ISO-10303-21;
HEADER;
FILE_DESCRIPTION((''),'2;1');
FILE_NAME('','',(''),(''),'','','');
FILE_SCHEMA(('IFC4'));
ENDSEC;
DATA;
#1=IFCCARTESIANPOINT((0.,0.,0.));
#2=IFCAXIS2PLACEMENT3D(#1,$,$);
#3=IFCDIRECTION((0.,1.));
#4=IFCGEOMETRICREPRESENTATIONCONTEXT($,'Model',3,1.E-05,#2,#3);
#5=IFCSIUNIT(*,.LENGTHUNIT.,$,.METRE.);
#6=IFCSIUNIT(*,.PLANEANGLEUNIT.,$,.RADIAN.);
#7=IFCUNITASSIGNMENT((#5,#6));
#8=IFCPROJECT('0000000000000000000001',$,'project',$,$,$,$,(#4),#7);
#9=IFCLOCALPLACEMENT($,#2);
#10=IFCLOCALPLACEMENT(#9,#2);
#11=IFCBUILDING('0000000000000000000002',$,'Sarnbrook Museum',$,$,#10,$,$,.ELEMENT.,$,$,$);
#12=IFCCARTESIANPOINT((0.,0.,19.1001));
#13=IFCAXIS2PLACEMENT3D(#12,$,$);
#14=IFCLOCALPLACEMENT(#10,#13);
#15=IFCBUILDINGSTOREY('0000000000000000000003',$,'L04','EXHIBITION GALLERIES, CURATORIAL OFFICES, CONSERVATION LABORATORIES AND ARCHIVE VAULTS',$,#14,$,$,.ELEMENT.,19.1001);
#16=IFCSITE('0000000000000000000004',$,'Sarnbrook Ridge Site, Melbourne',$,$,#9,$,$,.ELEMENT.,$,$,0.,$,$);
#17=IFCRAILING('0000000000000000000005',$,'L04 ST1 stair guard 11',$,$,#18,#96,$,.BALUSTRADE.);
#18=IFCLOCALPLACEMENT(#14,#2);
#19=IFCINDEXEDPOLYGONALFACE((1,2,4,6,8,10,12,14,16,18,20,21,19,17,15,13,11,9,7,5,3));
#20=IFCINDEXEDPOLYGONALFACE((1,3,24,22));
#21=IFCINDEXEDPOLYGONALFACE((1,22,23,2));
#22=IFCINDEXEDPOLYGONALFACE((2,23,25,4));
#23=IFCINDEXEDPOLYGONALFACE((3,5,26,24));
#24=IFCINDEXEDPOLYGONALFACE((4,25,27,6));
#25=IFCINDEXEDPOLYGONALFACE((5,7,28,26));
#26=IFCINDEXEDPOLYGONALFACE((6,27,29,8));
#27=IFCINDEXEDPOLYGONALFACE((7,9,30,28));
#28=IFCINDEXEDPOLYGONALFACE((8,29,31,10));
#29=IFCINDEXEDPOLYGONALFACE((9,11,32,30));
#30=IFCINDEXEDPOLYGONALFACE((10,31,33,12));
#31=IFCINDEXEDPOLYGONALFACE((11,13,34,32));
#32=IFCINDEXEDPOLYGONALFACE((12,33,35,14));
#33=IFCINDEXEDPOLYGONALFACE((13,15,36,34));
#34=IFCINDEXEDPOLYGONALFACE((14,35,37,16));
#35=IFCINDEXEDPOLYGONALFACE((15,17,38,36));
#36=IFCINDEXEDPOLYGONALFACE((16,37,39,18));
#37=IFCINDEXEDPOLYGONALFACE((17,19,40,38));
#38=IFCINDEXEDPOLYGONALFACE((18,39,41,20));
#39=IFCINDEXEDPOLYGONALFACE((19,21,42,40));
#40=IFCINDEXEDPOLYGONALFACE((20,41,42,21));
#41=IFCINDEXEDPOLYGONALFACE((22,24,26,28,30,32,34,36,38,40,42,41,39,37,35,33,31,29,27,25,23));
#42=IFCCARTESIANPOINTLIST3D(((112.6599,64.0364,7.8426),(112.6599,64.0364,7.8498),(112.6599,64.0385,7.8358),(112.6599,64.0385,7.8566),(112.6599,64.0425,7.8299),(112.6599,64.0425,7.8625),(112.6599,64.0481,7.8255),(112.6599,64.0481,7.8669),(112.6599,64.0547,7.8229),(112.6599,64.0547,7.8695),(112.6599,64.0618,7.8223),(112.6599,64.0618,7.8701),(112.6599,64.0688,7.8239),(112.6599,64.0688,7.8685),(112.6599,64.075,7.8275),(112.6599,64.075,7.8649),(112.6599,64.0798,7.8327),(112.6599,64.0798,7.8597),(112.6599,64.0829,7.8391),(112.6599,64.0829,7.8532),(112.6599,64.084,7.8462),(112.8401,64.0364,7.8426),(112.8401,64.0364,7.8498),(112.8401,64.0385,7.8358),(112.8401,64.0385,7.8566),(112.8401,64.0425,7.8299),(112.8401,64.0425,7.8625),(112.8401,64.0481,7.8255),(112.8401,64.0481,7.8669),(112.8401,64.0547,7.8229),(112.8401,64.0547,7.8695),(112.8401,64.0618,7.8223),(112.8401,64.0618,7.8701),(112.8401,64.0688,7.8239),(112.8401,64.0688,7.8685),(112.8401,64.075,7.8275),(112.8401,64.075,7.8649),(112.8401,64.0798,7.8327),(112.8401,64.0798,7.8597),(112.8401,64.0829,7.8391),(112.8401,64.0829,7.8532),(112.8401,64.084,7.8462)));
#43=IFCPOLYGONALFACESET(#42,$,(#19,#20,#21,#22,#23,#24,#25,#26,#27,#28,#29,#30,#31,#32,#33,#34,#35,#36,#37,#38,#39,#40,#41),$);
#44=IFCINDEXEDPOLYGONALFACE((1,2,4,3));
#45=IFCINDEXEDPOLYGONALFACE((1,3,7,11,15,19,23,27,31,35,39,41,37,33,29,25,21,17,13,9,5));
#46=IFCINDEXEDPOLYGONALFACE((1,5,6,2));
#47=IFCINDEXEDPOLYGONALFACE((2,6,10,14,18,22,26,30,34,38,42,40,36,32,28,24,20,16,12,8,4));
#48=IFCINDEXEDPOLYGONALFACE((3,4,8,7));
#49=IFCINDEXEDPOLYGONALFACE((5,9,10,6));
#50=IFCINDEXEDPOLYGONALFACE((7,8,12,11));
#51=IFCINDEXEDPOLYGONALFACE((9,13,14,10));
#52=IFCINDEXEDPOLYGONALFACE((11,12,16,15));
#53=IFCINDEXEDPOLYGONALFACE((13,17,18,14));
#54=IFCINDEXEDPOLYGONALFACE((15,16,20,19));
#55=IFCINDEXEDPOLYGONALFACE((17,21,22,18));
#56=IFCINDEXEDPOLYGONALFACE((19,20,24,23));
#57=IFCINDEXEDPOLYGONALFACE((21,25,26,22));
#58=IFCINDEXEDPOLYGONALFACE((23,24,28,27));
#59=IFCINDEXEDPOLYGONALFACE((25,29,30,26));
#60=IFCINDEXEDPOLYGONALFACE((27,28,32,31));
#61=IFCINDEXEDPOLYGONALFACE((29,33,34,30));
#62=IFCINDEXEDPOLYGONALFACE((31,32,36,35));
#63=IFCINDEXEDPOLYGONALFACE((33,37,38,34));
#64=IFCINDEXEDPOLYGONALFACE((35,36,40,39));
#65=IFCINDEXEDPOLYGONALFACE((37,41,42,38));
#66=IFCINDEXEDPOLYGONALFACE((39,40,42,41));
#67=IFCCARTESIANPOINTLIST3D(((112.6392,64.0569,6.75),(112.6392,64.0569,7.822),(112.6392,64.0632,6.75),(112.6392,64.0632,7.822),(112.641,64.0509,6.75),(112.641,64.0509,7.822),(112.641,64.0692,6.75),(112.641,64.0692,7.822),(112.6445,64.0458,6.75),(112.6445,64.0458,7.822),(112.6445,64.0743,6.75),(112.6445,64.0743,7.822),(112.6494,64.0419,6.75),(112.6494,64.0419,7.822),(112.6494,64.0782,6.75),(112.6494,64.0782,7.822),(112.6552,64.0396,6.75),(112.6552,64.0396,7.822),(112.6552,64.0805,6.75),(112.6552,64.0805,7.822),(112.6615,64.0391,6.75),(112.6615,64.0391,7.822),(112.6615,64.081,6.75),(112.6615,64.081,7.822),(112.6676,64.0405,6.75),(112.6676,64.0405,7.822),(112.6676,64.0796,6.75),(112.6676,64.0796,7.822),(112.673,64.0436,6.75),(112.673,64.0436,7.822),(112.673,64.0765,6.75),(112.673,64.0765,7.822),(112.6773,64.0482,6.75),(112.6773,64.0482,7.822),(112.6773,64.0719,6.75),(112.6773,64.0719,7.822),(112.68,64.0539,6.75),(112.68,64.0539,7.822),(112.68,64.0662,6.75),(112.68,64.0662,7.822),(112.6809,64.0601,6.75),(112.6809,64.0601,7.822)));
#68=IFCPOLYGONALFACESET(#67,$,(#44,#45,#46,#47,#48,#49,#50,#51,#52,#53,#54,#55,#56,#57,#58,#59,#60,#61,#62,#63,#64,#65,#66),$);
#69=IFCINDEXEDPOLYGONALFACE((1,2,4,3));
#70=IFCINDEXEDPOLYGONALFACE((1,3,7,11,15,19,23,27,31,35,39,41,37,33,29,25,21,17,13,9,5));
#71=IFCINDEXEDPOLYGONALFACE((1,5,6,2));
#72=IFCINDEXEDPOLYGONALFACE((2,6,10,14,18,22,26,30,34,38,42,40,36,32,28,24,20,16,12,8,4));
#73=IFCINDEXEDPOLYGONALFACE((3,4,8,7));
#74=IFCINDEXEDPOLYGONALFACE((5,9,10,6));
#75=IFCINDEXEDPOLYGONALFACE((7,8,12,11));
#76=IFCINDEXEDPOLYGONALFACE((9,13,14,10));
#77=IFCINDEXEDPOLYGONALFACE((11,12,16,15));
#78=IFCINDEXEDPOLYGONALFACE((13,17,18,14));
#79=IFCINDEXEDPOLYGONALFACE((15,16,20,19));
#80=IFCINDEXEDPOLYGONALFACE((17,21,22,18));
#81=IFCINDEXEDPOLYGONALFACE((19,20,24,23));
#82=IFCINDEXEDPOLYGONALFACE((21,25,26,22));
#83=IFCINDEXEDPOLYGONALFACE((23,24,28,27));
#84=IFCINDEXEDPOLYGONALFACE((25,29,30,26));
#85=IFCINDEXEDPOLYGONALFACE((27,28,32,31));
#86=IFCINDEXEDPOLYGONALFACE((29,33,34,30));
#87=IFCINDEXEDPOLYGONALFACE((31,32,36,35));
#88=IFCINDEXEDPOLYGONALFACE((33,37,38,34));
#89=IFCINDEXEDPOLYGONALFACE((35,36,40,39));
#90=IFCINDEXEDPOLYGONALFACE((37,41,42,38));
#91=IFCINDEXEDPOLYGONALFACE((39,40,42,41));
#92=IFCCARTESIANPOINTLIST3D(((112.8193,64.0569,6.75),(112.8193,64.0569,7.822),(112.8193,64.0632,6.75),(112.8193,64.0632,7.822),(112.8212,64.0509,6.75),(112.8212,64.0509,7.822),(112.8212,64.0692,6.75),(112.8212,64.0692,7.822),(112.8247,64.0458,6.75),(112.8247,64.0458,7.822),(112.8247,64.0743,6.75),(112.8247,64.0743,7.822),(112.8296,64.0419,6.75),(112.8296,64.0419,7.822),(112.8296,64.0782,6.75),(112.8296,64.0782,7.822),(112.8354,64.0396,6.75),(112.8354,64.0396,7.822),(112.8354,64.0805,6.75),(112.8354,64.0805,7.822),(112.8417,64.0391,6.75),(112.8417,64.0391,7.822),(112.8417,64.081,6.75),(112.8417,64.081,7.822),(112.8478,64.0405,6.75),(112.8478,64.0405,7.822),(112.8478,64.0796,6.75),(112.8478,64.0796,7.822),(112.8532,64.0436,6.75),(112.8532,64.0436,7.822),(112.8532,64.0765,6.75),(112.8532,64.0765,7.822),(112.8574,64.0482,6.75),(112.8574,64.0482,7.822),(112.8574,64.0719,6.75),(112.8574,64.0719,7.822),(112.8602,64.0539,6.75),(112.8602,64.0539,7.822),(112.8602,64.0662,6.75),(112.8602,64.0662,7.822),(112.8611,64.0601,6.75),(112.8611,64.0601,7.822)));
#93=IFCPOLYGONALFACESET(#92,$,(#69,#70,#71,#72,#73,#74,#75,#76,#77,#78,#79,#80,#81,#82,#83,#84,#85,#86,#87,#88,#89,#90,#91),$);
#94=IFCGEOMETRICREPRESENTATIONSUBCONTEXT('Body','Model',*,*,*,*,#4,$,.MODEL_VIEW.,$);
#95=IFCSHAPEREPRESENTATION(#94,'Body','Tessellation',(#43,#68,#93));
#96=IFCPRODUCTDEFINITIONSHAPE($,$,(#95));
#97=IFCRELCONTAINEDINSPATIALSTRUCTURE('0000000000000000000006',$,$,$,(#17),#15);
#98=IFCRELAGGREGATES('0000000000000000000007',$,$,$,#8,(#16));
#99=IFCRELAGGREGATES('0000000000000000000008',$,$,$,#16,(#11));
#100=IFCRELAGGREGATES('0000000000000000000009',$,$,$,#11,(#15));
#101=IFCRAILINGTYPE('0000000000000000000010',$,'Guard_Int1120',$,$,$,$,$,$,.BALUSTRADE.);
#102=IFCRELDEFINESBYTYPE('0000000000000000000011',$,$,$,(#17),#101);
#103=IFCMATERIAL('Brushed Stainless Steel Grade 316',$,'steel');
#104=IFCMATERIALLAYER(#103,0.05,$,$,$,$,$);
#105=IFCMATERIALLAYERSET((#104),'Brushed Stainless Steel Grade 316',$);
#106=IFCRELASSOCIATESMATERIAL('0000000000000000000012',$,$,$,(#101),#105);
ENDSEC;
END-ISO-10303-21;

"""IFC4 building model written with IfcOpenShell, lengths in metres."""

from ifc_helpers import new_model, si_unit, direction, frame, origin, origin_2d, place, context, subcontext, project, spatial, circle, extrude, material, layer, layer_set, type_object, element, save


model = new_model("IFC4")

# Units and contexts
model_context = context("Model", 3, precision=1e-05, world=origin(), true_north=direction((0.0, 1.0)))
body_context = subcontext(model_context, "Body", "Model", "MODEL_VIEW")
ifc_project = project(units=[si_unit("LENGTHUNIT", "METRE"), si_unit("PLANEANGLEUNIT", "RADIAN")], contexts=[model_context])

# Site, building, storey
site_placement = place(None, origin())
site = spatial("IfcSite", under=ifc_project, at=site_placement, Name="Sarnbrook Ridge Site, Melbourne", CompositionType="ELEMENT", RefElevation=0.0)
building_placement = place(site_placement, origin())
building = spatial("IfcBuilding", under=site, at=building_placement, Name="Sarnbrook Museum", CompositionType="ELEMENT")
storey_placement = place(building_placement, frame((0.0, 0.0, 19.1001)))
storey = spatial("IfcBuildingStorey", under=building, at=storey_placement, Name="L04", Description="EXHIBITION GALLERIES, CURATORIAL OFFICES, CONSERVATION LABORATORIES AND ARCHIVE VAULTS", CompositionType="ELEMENT", Elevation=19.1001)

# Shared definitions
ifc_material_1 = material(Name="Brushed Stainless Steel Grade 316", Category="steel")

# Railing
ifc_layer_1 = layer(ifc_material_1, 0.05)
ifc_layer_set_1 = layer_set([ifc_layer_1], Name="Brushed Stainless Steel Grade 316")
railing_type_1 = type_object("IfcRailingType", Name="Guard_Int1120", PredefinedType="BALUSTRADE", material=ifc_layer_set_1)
railing_1_placement = place(storey_placement, frame((112.6599, 64.0601, 6.75)))
element("IfcRailing", 1, at=railing_1_placement, inside=storey, type_object=railing_type_1, Name="L04 ST1 stair guard 11", PredefinedType="BALUSTRADE", context=body_context, shape_type="SweptSolid", body=[
    extrude(circle(Radius=0.0239, at=origin_2d()), frame((0.0, 0.0, 1.0962), z_axis=(1.0, 0.0, 0.0), x_axis=(0.0, 1.0, 0.0)), (0.0, 0.0, 1.0), 0.1802),
    extrude(circle(Radius=0.021, at=origin_2d()), origin(), (0.0, 0.0, 1.0), 1.072),
    extrude(circle(Radius=0.021, at=origin_2d()), frame((0.1802, 0.0, 0.0)), (0.0, 0.0, 1.0), 1.072),
])

save(model, "model.ifc")
